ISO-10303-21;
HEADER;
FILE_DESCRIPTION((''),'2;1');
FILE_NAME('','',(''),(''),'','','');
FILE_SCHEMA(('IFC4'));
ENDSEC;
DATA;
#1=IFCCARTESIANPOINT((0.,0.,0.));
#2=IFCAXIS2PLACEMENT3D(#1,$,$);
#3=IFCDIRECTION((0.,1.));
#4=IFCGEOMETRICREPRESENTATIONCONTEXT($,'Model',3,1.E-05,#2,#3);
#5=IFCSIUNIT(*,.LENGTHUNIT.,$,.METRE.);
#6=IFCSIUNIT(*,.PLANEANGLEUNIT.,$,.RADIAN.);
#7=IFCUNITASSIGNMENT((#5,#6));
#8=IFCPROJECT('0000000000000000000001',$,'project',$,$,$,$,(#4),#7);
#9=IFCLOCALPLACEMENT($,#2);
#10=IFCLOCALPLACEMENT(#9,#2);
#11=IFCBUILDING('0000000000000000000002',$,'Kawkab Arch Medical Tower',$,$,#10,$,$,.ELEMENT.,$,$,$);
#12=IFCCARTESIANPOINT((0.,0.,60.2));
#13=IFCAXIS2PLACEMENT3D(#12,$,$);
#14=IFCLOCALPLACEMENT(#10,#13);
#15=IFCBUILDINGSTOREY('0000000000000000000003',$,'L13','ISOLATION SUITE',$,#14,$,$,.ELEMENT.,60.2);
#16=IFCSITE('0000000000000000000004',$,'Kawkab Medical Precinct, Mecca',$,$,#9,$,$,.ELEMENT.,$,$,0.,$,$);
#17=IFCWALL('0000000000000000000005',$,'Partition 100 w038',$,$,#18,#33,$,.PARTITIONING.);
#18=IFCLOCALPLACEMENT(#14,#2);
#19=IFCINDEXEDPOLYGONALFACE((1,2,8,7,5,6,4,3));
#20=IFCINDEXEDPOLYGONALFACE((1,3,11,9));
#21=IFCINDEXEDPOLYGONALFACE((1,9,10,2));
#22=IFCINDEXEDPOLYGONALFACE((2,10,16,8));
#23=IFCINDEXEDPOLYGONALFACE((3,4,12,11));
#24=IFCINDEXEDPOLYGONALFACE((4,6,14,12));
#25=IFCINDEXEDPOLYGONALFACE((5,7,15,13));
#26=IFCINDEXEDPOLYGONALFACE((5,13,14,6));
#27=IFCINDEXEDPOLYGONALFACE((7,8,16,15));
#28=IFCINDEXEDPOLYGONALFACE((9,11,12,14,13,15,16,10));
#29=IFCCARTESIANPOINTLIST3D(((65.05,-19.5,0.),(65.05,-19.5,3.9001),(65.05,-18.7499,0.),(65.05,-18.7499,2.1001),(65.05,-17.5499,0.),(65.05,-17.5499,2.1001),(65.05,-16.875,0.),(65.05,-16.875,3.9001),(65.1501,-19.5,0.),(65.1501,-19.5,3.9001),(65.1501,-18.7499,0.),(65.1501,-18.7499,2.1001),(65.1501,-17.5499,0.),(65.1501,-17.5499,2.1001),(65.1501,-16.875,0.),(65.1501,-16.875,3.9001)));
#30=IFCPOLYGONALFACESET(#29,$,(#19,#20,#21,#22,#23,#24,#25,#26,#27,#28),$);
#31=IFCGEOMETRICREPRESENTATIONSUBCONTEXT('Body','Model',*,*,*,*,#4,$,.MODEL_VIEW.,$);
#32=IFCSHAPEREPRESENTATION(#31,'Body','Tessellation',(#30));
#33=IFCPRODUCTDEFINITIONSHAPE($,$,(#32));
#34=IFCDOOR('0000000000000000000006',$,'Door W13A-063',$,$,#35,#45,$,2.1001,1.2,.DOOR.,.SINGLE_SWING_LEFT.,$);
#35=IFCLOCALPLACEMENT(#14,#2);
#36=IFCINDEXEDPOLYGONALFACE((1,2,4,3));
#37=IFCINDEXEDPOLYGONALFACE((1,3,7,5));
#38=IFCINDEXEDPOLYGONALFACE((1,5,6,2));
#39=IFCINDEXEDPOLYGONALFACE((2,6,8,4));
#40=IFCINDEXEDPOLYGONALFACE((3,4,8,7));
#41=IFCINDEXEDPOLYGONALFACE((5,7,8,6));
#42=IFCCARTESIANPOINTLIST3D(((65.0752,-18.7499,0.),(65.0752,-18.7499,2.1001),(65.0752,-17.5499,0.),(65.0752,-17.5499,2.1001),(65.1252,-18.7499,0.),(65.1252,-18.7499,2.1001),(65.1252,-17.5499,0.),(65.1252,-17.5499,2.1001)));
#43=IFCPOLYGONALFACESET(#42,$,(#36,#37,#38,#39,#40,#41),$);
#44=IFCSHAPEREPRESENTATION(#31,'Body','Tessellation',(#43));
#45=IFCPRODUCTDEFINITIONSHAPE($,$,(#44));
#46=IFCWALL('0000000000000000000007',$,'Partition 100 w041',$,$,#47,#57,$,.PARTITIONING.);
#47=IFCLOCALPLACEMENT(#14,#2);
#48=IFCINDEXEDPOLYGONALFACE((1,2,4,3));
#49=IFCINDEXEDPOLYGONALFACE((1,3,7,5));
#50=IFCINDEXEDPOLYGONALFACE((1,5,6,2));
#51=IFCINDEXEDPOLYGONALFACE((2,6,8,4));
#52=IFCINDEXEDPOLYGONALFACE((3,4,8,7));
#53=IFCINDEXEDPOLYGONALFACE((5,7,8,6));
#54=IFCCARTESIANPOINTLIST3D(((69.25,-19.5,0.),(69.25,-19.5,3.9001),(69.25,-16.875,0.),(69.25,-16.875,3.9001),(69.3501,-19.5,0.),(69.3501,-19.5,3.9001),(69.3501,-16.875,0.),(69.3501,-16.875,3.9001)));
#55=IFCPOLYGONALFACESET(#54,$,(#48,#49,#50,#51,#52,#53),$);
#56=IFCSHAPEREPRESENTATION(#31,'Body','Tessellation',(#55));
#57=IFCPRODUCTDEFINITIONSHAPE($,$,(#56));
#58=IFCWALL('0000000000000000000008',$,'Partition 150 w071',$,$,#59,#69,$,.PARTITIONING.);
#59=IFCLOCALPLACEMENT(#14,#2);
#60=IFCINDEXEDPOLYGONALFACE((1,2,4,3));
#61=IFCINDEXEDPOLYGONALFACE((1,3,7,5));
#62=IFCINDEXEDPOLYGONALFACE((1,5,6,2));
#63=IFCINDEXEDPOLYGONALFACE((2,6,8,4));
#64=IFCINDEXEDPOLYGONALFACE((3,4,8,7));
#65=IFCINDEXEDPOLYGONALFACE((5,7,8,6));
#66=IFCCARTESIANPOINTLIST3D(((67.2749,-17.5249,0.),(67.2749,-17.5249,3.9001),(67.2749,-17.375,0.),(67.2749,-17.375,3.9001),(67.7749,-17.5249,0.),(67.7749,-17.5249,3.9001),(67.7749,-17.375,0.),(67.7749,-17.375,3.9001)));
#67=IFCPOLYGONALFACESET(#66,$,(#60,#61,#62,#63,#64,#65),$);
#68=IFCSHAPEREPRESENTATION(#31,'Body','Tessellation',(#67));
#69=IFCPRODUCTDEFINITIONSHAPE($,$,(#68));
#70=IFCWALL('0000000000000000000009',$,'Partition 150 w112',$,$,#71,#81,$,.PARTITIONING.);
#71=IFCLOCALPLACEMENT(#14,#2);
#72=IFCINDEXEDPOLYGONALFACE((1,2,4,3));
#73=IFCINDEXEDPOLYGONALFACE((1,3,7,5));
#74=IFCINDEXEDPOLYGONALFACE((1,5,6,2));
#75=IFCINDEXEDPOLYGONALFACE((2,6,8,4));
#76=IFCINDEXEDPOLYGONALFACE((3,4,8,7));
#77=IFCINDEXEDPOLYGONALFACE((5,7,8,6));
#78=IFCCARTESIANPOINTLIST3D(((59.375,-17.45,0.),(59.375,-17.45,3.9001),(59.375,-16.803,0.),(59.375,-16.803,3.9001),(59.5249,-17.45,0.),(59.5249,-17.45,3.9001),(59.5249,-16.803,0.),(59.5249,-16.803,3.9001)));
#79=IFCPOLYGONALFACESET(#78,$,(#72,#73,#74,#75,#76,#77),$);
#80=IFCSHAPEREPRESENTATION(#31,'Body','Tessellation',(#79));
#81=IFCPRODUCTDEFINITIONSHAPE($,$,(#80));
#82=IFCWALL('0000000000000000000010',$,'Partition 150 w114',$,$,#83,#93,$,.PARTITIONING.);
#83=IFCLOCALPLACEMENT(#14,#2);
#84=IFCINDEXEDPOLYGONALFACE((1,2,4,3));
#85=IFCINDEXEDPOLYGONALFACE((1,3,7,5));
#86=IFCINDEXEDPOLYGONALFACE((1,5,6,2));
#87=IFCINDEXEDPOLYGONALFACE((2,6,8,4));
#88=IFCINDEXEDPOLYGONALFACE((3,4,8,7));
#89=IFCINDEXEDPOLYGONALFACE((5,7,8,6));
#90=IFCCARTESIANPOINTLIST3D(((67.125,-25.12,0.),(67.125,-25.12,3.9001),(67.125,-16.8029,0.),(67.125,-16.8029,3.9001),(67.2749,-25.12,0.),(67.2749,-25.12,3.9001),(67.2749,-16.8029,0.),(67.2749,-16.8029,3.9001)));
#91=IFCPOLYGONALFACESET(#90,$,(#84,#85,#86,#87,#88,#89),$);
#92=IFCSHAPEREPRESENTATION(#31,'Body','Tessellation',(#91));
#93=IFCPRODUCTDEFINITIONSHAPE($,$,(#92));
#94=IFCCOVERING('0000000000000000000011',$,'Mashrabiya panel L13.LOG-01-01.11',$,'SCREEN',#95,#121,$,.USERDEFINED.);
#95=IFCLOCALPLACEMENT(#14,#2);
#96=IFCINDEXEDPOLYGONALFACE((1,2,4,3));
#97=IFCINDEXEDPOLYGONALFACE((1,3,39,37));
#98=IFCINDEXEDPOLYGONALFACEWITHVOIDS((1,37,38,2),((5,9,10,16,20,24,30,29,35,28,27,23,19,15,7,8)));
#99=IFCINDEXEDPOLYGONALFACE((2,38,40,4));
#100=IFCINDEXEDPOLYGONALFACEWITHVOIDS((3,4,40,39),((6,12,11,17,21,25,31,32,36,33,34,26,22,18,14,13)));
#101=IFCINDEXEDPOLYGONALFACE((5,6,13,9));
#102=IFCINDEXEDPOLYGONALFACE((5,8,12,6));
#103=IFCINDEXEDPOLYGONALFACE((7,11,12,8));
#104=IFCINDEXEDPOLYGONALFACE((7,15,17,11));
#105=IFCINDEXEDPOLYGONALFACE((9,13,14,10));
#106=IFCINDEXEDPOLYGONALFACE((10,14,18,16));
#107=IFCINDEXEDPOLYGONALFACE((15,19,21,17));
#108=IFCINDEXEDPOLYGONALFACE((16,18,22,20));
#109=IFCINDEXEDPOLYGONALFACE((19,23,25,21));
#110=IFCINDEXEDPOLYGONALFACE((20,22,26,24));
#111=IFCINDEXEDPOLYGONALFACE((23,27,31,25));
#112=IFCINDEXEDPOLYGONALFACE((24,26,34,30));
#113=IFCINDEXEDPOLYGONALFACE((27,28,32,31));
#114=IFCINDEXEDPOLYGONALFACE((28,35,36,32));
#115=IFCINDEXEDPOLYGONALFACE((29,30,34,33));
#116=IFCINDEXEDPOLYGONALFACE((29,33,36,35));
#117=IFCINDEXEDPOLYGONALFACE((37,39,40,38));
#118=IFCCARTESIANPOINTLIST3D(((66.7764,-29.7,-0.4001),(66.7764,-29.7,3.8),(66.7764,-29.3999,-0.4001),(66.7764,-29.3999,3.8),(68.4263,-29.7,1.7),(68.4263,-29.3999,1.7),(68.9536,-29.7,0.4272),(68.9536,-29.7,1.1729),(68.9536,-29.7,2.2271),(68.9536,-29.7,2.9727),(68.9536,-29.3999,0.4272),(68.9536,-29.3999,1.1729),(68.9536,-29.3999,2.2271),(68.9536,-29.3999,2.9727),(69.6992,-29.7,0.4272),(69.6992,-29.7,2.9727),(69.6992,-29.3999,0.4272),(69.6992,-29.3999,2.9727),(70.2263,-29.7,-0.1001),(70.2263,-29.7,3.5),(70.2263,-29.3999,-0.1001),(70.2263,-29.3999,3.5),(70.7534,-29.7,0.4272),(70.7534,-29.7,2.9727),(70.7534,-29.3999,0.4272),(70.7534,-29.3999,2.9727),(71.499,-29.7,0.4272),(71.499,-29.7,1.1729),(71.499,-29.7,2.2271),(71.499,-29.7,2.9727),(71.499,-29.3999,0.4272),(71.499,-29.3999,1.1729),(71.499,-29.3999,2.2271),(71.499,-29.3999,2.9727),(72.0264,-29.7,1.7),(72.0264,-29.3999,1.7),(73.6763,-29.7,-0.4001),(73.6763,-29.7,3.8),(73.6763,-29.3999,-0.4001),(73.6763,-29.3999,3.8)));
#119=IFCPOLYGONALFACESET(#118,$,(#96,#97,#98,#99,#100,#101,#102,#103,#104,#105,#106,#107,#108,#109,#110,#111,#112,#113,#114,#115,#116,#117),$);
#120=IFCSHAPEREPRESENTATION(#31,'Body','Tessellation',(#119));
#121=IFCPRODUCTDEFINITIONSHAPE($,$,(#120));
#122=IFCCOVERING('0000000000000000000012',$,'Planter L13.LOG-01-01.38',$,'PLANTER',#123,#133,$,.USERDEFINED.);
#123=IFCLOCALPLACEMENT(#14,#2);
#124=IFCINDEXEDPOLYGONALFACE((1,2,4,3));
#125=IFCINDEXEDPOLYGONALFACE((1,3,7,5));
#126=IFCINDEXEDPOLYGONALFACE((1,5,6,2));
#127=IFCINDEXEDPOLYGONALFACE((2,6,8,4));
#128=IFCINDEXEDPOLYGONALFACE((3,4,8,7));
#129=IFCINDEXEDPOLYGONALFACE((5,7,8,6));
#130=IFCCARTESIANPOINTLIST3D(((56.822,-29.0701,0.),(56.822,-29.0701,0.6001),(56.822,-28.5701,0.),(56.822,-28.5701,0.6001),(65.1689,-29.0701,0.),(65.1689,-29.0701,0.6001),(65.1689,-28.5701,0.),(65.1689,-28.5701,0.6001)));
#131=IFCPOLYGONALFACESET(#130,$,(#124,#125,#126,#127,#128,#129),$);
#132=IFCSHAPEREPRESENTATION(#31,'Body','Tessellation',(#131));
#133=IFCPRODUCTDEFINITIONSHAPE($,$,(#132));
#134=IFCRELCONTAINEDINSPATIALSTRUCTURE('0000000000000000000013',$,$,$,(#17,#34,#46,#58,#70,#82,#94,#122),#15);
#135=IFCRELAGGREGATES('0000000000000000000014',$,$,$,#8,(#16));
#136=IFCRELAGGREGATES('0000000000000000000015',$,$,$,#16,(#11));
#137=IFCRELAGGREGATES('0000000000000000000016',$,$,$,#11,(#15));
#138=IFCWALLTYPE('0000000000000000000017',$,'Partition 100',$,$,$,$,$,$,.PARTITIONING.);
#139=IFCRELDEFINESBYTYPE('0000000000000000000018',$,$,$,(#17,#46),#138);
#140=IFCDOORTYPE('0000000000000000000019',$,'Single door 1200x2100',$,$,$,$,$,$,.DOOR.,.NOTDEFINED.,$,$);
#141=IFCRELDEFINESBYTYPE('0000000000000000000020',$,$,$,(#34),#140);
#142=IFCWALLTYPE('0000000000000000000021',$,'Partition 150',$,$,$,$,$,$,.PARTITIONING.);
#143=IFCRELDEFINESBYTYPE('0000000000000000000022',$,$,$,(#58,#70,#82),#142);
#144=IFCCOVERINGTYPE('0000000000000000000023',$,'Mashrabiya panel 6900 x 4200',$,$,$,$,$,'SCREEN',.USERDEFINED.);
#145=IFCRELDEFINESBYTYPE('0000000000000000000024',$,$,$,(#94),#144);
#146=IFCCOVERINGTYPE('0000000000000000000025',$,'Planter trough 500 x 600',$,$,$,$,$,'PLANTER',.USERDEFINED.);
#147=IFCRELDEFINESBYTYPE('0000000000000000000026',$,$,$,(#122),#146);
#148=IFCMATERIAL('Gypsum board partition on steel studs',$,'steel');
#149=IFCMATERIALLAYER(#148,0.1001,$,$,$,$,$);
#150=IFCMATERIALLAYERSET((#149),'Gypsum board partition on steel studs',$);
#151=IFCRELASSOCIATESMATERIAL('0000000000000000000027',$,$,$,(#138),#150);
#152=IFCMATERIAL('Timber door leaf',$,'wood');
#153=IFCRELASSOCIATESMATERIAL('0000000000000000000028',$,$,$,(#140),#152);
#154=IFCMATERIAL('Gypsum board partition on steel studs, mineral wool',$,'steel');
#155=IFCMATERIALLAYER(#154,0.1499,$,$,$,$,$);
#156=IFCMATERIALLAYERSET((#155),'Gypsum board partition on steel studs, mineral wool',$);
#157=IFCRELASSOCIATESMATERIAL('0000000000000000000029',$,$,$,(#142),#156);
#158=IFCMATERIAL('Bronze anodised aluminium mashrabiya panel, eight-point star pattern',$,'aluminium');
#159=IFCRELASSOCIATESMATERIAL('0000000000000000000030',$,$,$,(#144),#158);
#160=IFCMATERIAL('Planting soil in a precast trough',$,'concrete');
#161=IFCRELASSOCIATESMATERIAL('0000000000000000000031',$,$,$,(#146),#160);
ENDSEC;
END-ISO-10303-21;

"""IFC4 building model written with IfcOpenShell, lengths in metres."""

from ifc_helpers import new_model, si_unit, direction, frame, frame_2d, origin, origin_2d, place, context, subcontext, project, spatial, polyline, rectangle, outline, extrude, material, layer, layer_set, material_profile, profile_set, type_object, element, fill, save


model = new_model("IFC4")

# Units and contexts
model_context = context("Model", 3, precision=1e-05, world=origin(), true_north=direction((0.0, 1.0)))
body_context = subcontext(model_context, "Body", "Model", "MODEL_VIEW")
ifc_project = project(units=[si_unit("LENGTHUNIT", "METRE"), si_unit("PLANEANGLEUNIT", "RADIAN")], contexts=[model_context])

# Site, building, storey
site_placement = place(None, origin())
site = spatial("IfcSite", under=ifc_project, at=site_placement, Name="Kawkab Medical Precinct, Mecca", CompositionType="ELEMENT", RefElevation=0.0)
building_placement = place(site_placement, origin())
building = spatial("IfcBuilding", under=site, at=building_placement, Name="Kawkab Arch Medical Tower", CompositionType="ELEMENT")
storey_placement = place(building_placement, frame((0.0, 0.0, 60.2)))
storey = spatial("IfcBuildingStorey", under=building, at=storey_placement, Name="L13", Description="ISOLATION SUITE", CompositionType="ELEMENT", Elevation=60.2)

# Shared definitions
ifc_material_1 = material(Name="Gypsum board partition on steel studs", Category="steel")
ifc_layer_1 = layer(ifc_material_1, 0.1001)
ifc_layer_set_1 = layer_set([ifc_layer_1], Name="Gypsum board partition on steel studs")
wall_type_1 = type_object("IfcWallType", Name="Partition 100", PredefinedType="PARTITIONING", material=ifc_layer_set_1)

# Wall, opening, door
wall_1_placement = place(storey_placement, frame((65.1001, -19.5, 0.0), z_axis=(0.0, 0.0, 1.0), x_axis=(0.0, 1.0, 0.0)))
wall_1 = element("IfcWall", 1, at=wall_1_placement, inside=storey, type_object=wall_type_1, Name="Partition 100 w038", PredefinedType="PARTITIONING", context=body_context, shape_type="SweptSolid", body=[
    extrude(rectangle(XDim=2.625, YDim=0.1001, at=frame_2d((1.3125, 0.0))), origin(), (0.0, 0.0, 1.0), 3.9001),
])
opening_1_placement = place(wall_1_placement, frame((0.75, 0.0, 0.0)))
opening_1 = element("IfcOpeningElement", 2, at=opening_1_placement, cuts=wall_1, PredefinedType="OPENING", context=body_context, shape_type="SweptSolid", body=[
    extrude(rectangle(XDim=1.2, YDim=2.1001, at=frame_2d((0.6001, 1.05))), frame((0.0, 0.0601, 0.0), z_axis=(0.0, -1.0, 0.0), x_axis=(1.0, 0.0, 0.0)), (0.0, 0.0, 1.0), 0.1201),
])
ifc_material_2 = material(Name="Timber door leaf", Category="wood")
door_type_1 = type_object("IfcDoorType", Name="Single door 1200x2100", OperationType="NOTDEFINED", PredefinedType="DOOR", material=ifc_material_2)
door_1_placement = place(opening_1_placement, origin())
door_1 = element("IfcDoor", 3, at=door_1_placement, inside=storey, type_object=door_type_1, Name="Door W13A-063", OperationType="SINGLE_SWING_LEFT", OverallHeight=2.1001, OverallWidth=1.2, PredefinedType="DOOR", context=body_context, shape_type="SweptSolid", body=[
    extrude(rectangle(XDim=1.2, YDim=2.1001, at=frame_2d((0.6001, 1.05))), frame((0.0, 0.0249, 0.0), z_axis=(0.0, -1.0, 0.0), x_axis=(1.0, 0.0, 0.0)), (0.0, 0.0, 1.0), 0.05),
])
fill(opening_1, door_1)

# Walls
wall_2_placement = place(storey_placement, frame((69.3, -19.5, 0.0), z_axis=(0.0, 0.0, 1.0), x_axis=(0.0, 1.0, 0.0)))
element("IfcWall", 4, at=wall_2_placement, inside=storey, type_object=wall_type_1, Name="Partition 100 w041", PredefinedType="PARTITIONING", context=body_context, shape_type="SweptSolid", body=[
    extrude(rectangle(XDim=2.625, YDim=0.1001, at=frame_2d((1.3125, 0.0))), origin(), (0.0, 0.0, 1.0), 3.9001),
])
ifc_material_3 = material(Name="Gypsum board partition on steel studs, mineral wool", Category="steel")
ifc_layer_2 = layer(ifc_material_3, 0.1499)
ifc_layer_set_2 = layer_set([ifc_layer_2], Name="Gypsum board partition on steel studs, mineral wool")
wall_type_2 = type_object("IfcWallType", Name="Partition 150", PredefinedType="PARTITIONING", material=ifc_layer_set_2)
wall_3_placement = place(storey_placement, frame((67.2749, -17.45, 0.0), z_axis=(0.0, 0.0, 1.0), x_axis=(1.0, 0.0, 0.0)))
element("IfcWall", 5, at=wall_3_placement, inside=storey, type_object=wall_type_2, Name="Partition 150 w071", PredefinedType="PARTITIONING", context=body_context, shape_type="SweptSolid", body=[
    extrude(rectangle(XDim=0.5, YDim=0.1499, at=frame_2d((0.25, 0.0))), origin(), (0.0, 0.0, 1.0), 3.9001),
])
wall_4_placement = place(storey_placement, frame((59.45, -17.45, 0.0), z_axis=(0.0, 0.0, 1.0), x_axis=(0.0, 1.0, 0.0)))
element("IfcWall", 6, at=wall_4_placement, inside=storey, type_object=wall_type_2, Name="Partition 150 w112", PredefinedType="PARTITIONING", context=body_context, shape_type="SweptSolid", body=[
    extrude(rectangle(XDim=0.647, YDim=0.1499, at=frame_2d((0.3235, 0.0))), origin(), (0.0, 0.0, 1.0), 3.9001),
])
wall_5_placement = place(storey_placement, frame((67.2, -25.1201, 0.0), z_axis=(0.0, 0.0, 1.0), x_axis=(0.0, 1.0, 0.0)))
element("IfcWall", 7, at=wall_5_placement, inside=storey, type_object=wall_type_2, Name="Partition 150 w114", PredefinedType="PARTITIONING", context=body_context, shape_type="SweptSolid", body=[
    extrude(rectangle(XDim=8.3171, YDim=0.1499, at=frame_2d((4.1587, 0.0))), origin(), (0.0, 0.0, 1.0), 3.9001),
])

# Coverings
ifc_material_4 = material(Name="Bronze anodised aluminium mashrabiya panel, eight-point star pattern", Category="aluminium")
ifc_material_profile_1 = material_profile(ifc_material_4, outline(polyline([(-3.45, -2.1001), (3.45, -2.1001), (3.45, 2.1001), (-3.45, 2.1001), (-3.45, -2.1001)]), holes=[polyline([(1.8, 0.0), (1.2727, 0.5271), (1.2727, 1.2727), (0.5271, 1.2727), (0.0, 1.8), (-0.5271, 1.2727), (-1.2727, 1.2727), (-1.2727, 0.5271), (-1.8, 0.0), (-1.2727, -0.5271), (-1.2727, -1.2727), (-0.5271, -1.2727), (0.0, -1.8), (0.5271, -1.2727), (1.2727, -1.2727), (1.2727, -0.5271), (1.8, 0.0)])]), Name="Mashrabiya panel 6900x4200")
ifc_profile_set_1 = profile_set([ifc_material_profile_1], Name="Bronze anodised aluminium mashrabiya panel, eight-point star pattern")
covering_type_1 = type_object("IfcCoveringType", Name="Mashrabiya panel 6900 x 4200", ElementType="SCREEN", PredefinedType="USERDEFINED", material=ifc_profile_set_1)
covering_1_placement = place(storey_placement, frame((70.2263, -29.3999, 1.7), z_axis=(0.0, -1.0, 0.0), x_axis=(1.0, 0.0, 0.0)))
element("IfcCovering", 8, at=covering_1_placement, inside=storey, type_object=covering_type_1, Name="Mashrabiya panel L13.LOG-01-01.11", ObjectType="SCREEN", PredefinedType="USERDEFINED", context=body_context, shape_type="SweptSolid", body=[
    extrude(outline(polyline([(-3.45, -2.1001), (3.45, -2.1001), (3.45, 2.1001), (-3.45, 2.1001), (-3.45, -2.1001)]), holes=[polyline([(1.8, 0.0), (1.2727, 0.5271), (1.2727, 1.2727), (0.5271, 1.2727), (0.0, 1.8), (-0.5271, 1.2727), (-1.2727, 1.2727), (-1.2727, 0.5271), (-1.8, 0.0), (-1.2727, -0.5271), (-1.2727, -1.2727), (-0.5271, -1.2727), (0.0, -1.8), (0.5271, -1.2727), (1.2727, -1.2727), (1.2727, -0.5271), (1.8, 0.0)])]), origin(), (0.0, 0.0, 1.0), 0.3),
])
ifc_material_5 = material(Name="Planting soil in a precast trough", Category="concrete")
ifc_material_profile_2 = material_profile(ifc_material_5, rectangle(XDim=0.5, YDim=0.6001, at=origin_2d()), Name="Trough 500x600")
ifc_profile_set_2 = profile_set([ifc_material_profile_2], Name="Planting soil in a precast trough")
covering_type_2 = type_object("IfcCoveringType", Name="Planter trough 500 x 600", ElementType="PLANTER", PredefinedType="USERDEFINED", material=ifc_profile_set_2)
covering_2_placement = place(storey_placement, frame((65.1689, -28.8201, 0.3), z_axis=(-1.0, 0.0, 0.0), x_axis=(0.0, -1.0, 0.0)))
element("IfcCovering", 9, at=covering_2_placement, inside=storey, type_object=covering_type_2, Name="Planter L13.LOG-01-01.38", ObjectType="PLANTER", PredefinedType="USERDEFINED", context=body_context, shape_type="SweptSolid", body=[
    extrude(rectangle(XDim=0.5, YDim=0.6001, at=origin_2d()), origin(), (0.0, 0.0, 1.0), 8.3469),
])

save(model, "model.ifc")
